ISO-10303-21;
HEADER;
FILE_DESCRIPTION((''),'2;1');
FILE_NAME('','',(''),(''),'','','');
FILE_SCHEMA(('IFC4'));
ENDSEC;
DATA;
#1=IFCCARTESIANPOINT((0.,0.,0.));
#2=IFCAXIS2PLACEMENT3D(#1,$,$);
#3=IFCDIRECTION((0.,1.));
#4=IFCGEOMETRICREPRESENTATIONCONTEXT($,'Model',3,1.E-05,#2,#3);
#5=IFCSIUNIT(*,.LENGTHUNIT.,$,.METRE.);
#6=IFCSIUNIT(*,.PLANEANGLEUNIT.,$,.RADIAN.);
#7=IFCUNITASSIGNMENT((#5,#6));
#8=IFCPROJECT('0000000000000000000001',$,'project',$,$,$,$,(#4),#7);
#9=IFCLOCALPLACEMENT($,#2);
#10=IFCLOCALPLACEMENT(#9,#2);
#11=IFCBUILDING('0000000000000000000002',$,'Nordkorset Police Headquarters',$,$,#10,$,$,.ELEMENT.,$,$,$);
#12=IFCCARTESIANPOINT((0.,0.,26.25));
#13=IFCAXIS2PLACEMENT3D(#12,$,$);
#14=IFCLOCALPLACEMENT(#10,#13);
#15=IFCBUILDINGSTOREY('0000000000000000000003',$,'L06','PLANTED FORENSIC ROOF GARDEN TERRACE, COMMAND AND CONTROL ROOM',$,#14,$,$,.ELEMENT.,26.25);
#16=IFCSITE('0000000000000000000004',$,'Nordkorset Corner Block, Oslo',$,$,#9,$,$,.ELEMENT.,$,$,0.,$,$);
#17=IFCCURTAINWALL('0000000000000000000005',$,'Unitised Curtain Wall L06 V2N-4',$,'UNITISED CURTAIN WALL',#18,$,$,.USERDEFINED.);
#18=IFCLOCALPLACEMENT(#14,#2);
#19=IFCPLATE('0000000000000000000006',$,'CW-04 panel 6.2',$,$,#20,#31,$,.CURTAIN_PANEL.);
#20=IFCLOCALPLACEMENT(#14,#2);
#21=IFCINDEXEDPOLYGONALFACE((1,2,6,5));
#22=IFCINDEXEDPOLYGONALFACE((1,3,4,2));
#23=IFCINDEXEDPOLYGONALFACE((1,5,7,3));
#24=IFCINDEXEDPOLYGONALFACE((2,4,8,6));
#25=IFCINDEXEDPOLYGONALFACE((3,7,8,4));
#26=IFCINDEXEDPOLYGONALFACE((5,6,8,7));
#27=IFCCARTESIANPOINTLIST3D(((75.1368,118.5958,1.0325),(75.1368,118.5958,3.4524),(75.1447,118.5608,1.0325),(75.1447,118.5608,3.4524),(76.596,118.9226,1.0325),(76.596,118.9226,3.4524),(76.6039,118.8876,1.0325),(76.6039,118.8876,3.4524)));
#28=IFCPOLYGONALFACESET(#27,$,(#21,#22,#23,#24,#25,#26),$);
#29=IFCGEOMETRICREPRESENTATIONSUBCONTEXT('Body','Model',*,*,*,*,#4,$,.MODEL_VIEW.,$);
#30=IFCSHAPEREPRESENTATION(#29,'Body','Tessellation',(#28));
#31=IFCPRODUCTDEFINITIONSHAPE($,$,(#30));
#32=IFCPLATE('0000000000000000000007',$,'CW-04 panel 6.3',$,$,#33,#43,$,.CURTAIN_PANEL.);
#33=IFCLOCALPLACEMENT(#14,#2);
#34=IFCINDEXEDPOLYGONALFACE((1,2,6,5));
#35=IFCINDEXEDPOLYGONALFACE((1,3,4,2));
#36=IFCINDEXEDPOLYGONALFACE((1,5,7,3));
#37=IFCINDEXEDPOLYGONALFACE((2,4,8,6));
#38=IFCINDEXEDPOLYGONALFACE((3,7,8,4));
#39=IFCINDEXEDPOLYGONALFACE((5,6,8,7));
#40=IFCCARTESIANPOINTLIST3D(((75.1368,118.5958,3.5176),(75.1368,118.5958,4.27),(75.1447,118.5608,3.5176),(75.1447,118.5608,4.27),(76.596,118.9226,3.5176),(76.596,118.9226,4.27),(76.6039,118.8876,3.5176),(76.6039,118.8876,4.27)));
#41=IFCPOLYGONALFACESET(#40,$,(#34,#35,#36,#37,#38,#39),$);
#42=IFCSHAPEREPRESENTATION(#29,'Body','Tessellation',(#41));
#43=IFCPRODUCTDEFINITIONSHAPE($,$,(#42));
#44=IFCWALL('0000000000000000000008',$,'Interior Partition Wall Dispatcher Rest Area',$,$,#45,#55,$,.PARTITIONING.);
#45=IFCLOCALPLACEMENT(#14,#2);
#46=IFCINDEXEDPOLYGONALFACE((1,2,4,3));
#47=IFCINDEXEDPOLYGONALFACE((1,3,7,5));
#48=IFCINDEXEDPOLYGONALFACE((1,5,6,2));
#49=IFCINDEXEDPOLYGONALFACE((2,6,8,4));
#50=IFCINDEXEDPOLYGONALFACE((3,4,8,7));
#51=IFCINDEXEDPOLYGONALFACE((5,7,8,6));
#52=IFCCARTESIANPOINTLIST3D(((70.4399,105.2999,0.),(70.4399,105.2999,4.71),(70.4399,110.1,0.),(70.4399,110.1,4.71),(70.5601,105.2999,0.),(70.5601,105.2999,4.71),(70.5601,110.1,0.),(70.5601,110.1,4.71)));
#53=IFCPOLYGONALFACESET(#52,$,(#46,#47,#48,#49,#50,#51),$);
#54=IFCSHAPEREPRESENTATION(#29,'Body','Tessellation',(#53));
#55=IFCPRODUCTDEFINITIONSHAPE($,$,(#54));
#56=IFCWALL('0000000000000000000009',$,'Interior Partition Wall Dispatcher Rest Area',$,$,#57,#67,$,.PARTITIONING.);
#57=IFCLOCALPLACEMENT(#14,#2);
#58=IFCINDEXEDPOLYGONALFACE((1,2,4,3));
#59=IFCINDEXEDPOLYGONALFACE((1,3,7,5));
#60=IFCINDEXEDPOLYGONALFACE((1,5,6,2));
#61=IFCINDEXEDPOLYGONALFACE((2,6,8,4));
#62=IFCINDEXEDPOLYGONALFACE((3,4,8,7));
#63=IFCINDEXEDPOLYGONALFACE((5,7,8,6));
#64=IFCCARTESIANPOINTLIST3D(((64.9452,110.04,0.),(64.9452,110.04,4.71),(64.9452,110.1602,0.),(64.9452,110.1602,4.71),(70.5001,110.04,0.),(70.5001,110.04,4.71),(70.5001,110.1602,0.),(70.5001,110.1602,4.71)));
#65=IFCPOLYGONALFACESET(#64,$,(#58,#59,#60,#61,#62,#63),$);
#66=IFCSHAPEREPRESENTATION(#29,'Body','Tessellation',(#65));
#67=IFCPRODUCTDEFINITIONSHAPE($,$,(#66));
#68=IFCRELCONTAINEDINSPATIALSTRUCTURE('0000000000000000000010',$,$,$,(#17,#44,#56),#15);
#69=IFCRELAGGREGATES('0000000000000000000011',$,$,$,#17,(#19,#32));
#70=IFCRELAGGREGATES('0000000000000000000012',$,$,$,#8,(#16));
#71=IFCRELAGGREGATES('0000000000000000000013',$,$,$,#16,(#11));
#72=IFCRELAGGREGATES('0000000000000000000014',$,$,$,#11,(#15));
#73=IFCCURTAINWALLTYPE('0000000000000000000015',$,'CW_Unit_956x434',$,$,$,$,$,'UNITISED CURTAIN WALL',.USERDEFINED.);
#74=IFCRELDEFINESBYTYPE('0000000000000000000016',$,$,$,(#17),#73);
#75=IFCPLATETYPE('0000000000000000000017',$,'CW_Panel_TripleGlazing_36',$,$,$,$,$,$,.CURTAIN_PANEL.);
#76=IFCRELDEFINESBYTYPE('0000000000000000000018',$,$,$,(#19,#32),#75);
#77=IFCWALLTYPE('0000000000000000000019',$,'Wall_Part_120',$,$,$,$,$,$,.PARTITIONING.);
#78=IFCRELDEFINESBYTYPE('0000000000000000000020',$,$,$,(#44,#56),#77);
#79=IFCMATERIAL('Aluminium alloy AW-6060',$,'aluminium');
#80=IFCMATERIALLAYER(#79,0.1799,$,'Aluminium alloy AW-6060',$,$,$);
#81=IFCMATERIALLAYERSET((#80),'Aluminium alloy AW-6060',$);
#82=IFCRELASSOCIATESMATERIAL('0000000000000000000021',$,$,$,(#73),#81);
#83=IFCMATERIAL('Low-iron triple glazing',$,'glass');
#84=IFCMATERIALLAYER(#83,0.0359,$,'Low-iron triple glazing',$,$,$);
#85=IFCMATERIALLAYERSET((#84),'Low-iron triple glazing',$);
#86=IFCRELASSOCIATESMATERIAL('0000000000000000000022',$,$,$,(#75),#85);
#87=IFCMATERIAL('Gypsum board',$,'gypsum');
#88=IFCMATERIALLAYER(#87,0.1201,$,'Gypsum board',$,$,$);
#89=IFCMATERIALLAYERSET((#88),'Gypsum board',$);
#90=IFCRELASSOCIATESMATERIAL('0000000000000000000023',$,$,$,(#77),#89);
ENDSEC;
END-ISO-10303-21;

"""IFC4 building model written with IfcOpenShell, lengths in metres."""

from ifc_helpers import new_model, si_unit, direction, frame, frame_2d, origin, origin_2d, place, context, subcontext, project, spatial, rectangle, extrude, material, layer, layer_set, type_object, element, aggregate, save


model = new_model("IFC4")

# Units and contexts
model_context = context("Model", 3, precision=1e-05, world=origin(), true_north=direction((0.0, 1.0)))
body_context = subcontext(model_context, "Body", "Model", "MODEL_VIEW")
ifc_project = project(units=[si_unit("LENGTHUNIT", "METRE"), si_unit("PLANEANGLEUNIT", "RADIAN")], contexts=[model_context])

# Site, building, storey
site_placement = place(None, origin())
site = spatial("IfcSite", under=ifc_project, at=site_placement, Name="Nordkorset Corner Block, Oslo", CompositionType="ELEMENT", RefElevation=0.0)
building_placement = place(site_placement, origin())
building = spatial("IfcBuilding", under=site, at=building_placement, Name="Nordkorset Police Headquarters", CompositionType="ELEMENT")
storey_placement = place(building_placement, frame((0.0, 0.0, 26.25)))
storey = spatial("IfcBuildingStorey", under=building, at=storey_placement, Name="L06", Description="PLANTED FORENSIC ROOF GARDEN TERRACE, COMMAND AND CONTROL ROOM", CompositionType="ELEMENT", Elevation=26.25)

# Curtain wall
ifc_material_1 = material(Name="Aluminium alloy AW-6060", Category="aluminium")
ifc_layer_1 = layer(ifc_material_1, 0.1799, Name="Aluminium alloy AW-6060")
ifc_layer_set_1 = layer_set([ifc_layer_1], Name="Aluminium alloy AW-6060")
curtain_wall_type_1 = type_object("IfcCurtainWallType", Name="CW_Unit_956x434", ElementType="UNITISED CURTAIN WALL", PredefinedType="USERDEFINED", material=ifc_layer_set_1)
curtain_wall_1_placement = place(storey_placement, origin())
curtain_wall_1 = element("IfcCurtainWall", 1, at=curtain_wall_1_placement, inside=storey, type_object=curtain_wall_type_1, Name="Unitised Curtain Wall L06 V2N-4", ObjectType="UNITISED CURTAIN WALL", PredefinedType="USERDEFINED")

# Plates
ifc_material_2 = material(Name="Low-iron triple glazing", Category="glass")
ifc_layer_2 = layer(ifc_material_2, 0.0359, Name="Low-iron triple glazing")
ifc_layer_set_2 = layer_set([ifc_layer_2], Name="Low-iron triple glazing")
plate_type = type_object("IfcPlateType", Name="CW_Panel_TripleGlazing_36", PredefinedType="CURTAIN_PANEL", material=ifc_layer_set_2)
plate_1_placement = place(storey_placement, frame((75.8704, 118.7417, 1.0325), z_axis=(0.0, 0.0, 1.0), x_axis=(0.975827, 0.218544, 0.0)))
plate_1 = element("IfcPlate", 2, at=plate_1_placement, type_object=plate_type, Name="CW-04 panel 6.2", PredefinedType="CURTAIN_PANEL", context=body_context, shape_type="SweptSolid", body=[
    extrude(rectangle(XDim=1.4954, YDim=0.0359, at=origin_2d()), origin(), (0.0, 0.0, 1.0), 2.4199),
])
plate_2_placement = place(storey_placement, frame((75.8704, 118.7417, 3.5176), z_axis=(0.0, 0.0, 1.0), x_axis=(0.975827, 0.218544, 0.0)))
plate_2 = element("IfcPlate", 3, at=plate_2_placement, type_object=plate_type, Name="CW-04 panel 6.3", PredefinedType="CURTAIN_PANEL", context=body_context, shape_type="SweptSolid", body=[
    extrude(rectangle(XDim=1.4954, YDim=0.0359, at=origin_2d()), origin(), (0.0, 0.0, 1.0), 0.7524),
])
aggregate(curtain_wall_1, [plate_1, plate_2])

# Walls
ifc_material_3 = material(Name="Gypsum board", Category="gypsum")
ifc_layer_3 = layer(ifc_material_3, 0.1201, Name="Gypsum board")
ifc_layer_set_3 = layer_set([ifc_layer_3], Name="Gypsum board")
wall_type = type_object("IfcWallType", Name="Wall_Part_120", PredefinedType="PARTITIONING", material=ifc_layer_set_3)
wall_1_placement = place(storey_placement, frame((70.5, 105.3, 0.0), z_axis=(0.0, 0.0, 1.0), x_axis=(0.0, 1.0, 0.0)))
element("IfcWall", 4, at=wall_1_placement, inside=storey, type_object=wall_type, Name="Interior Partition Wall Dispatcher Rest Area", PredefinedType="PARTITIONING", context=body_context, shape_type="SweptSolid", body=[
    extrude(rectangle(XDim=4.8, YDim=0.1201, at=frame_2d((2.3999, 0.0))), origin(), (0.0, 0.0, 1.0), 4.71),
])
wall_2_placement = place(storey_placement, frame((70.5, 110.1001, 0.0), z_axis=(0.0, 0.0, 1.0), x_axis=(-1.0, 0.0, 0.0)))
element("IfcWall", 5, at=wall_2_placement, inside=storey, type_object=wall_type, Name="Interior Partition Wall Dispatcher Rest Area", PredefinedType="PARTITIONING", context=body_context, shape_type="SweptSolid", body=[
    extrude(rectangle(XDim=5.5549, YDim=0.1201, at=frame_2d((2.7773, 0.0))), origin(), (0.0, 0.0, 1.0), 4.71),
])

save(model, "model.ifc")
